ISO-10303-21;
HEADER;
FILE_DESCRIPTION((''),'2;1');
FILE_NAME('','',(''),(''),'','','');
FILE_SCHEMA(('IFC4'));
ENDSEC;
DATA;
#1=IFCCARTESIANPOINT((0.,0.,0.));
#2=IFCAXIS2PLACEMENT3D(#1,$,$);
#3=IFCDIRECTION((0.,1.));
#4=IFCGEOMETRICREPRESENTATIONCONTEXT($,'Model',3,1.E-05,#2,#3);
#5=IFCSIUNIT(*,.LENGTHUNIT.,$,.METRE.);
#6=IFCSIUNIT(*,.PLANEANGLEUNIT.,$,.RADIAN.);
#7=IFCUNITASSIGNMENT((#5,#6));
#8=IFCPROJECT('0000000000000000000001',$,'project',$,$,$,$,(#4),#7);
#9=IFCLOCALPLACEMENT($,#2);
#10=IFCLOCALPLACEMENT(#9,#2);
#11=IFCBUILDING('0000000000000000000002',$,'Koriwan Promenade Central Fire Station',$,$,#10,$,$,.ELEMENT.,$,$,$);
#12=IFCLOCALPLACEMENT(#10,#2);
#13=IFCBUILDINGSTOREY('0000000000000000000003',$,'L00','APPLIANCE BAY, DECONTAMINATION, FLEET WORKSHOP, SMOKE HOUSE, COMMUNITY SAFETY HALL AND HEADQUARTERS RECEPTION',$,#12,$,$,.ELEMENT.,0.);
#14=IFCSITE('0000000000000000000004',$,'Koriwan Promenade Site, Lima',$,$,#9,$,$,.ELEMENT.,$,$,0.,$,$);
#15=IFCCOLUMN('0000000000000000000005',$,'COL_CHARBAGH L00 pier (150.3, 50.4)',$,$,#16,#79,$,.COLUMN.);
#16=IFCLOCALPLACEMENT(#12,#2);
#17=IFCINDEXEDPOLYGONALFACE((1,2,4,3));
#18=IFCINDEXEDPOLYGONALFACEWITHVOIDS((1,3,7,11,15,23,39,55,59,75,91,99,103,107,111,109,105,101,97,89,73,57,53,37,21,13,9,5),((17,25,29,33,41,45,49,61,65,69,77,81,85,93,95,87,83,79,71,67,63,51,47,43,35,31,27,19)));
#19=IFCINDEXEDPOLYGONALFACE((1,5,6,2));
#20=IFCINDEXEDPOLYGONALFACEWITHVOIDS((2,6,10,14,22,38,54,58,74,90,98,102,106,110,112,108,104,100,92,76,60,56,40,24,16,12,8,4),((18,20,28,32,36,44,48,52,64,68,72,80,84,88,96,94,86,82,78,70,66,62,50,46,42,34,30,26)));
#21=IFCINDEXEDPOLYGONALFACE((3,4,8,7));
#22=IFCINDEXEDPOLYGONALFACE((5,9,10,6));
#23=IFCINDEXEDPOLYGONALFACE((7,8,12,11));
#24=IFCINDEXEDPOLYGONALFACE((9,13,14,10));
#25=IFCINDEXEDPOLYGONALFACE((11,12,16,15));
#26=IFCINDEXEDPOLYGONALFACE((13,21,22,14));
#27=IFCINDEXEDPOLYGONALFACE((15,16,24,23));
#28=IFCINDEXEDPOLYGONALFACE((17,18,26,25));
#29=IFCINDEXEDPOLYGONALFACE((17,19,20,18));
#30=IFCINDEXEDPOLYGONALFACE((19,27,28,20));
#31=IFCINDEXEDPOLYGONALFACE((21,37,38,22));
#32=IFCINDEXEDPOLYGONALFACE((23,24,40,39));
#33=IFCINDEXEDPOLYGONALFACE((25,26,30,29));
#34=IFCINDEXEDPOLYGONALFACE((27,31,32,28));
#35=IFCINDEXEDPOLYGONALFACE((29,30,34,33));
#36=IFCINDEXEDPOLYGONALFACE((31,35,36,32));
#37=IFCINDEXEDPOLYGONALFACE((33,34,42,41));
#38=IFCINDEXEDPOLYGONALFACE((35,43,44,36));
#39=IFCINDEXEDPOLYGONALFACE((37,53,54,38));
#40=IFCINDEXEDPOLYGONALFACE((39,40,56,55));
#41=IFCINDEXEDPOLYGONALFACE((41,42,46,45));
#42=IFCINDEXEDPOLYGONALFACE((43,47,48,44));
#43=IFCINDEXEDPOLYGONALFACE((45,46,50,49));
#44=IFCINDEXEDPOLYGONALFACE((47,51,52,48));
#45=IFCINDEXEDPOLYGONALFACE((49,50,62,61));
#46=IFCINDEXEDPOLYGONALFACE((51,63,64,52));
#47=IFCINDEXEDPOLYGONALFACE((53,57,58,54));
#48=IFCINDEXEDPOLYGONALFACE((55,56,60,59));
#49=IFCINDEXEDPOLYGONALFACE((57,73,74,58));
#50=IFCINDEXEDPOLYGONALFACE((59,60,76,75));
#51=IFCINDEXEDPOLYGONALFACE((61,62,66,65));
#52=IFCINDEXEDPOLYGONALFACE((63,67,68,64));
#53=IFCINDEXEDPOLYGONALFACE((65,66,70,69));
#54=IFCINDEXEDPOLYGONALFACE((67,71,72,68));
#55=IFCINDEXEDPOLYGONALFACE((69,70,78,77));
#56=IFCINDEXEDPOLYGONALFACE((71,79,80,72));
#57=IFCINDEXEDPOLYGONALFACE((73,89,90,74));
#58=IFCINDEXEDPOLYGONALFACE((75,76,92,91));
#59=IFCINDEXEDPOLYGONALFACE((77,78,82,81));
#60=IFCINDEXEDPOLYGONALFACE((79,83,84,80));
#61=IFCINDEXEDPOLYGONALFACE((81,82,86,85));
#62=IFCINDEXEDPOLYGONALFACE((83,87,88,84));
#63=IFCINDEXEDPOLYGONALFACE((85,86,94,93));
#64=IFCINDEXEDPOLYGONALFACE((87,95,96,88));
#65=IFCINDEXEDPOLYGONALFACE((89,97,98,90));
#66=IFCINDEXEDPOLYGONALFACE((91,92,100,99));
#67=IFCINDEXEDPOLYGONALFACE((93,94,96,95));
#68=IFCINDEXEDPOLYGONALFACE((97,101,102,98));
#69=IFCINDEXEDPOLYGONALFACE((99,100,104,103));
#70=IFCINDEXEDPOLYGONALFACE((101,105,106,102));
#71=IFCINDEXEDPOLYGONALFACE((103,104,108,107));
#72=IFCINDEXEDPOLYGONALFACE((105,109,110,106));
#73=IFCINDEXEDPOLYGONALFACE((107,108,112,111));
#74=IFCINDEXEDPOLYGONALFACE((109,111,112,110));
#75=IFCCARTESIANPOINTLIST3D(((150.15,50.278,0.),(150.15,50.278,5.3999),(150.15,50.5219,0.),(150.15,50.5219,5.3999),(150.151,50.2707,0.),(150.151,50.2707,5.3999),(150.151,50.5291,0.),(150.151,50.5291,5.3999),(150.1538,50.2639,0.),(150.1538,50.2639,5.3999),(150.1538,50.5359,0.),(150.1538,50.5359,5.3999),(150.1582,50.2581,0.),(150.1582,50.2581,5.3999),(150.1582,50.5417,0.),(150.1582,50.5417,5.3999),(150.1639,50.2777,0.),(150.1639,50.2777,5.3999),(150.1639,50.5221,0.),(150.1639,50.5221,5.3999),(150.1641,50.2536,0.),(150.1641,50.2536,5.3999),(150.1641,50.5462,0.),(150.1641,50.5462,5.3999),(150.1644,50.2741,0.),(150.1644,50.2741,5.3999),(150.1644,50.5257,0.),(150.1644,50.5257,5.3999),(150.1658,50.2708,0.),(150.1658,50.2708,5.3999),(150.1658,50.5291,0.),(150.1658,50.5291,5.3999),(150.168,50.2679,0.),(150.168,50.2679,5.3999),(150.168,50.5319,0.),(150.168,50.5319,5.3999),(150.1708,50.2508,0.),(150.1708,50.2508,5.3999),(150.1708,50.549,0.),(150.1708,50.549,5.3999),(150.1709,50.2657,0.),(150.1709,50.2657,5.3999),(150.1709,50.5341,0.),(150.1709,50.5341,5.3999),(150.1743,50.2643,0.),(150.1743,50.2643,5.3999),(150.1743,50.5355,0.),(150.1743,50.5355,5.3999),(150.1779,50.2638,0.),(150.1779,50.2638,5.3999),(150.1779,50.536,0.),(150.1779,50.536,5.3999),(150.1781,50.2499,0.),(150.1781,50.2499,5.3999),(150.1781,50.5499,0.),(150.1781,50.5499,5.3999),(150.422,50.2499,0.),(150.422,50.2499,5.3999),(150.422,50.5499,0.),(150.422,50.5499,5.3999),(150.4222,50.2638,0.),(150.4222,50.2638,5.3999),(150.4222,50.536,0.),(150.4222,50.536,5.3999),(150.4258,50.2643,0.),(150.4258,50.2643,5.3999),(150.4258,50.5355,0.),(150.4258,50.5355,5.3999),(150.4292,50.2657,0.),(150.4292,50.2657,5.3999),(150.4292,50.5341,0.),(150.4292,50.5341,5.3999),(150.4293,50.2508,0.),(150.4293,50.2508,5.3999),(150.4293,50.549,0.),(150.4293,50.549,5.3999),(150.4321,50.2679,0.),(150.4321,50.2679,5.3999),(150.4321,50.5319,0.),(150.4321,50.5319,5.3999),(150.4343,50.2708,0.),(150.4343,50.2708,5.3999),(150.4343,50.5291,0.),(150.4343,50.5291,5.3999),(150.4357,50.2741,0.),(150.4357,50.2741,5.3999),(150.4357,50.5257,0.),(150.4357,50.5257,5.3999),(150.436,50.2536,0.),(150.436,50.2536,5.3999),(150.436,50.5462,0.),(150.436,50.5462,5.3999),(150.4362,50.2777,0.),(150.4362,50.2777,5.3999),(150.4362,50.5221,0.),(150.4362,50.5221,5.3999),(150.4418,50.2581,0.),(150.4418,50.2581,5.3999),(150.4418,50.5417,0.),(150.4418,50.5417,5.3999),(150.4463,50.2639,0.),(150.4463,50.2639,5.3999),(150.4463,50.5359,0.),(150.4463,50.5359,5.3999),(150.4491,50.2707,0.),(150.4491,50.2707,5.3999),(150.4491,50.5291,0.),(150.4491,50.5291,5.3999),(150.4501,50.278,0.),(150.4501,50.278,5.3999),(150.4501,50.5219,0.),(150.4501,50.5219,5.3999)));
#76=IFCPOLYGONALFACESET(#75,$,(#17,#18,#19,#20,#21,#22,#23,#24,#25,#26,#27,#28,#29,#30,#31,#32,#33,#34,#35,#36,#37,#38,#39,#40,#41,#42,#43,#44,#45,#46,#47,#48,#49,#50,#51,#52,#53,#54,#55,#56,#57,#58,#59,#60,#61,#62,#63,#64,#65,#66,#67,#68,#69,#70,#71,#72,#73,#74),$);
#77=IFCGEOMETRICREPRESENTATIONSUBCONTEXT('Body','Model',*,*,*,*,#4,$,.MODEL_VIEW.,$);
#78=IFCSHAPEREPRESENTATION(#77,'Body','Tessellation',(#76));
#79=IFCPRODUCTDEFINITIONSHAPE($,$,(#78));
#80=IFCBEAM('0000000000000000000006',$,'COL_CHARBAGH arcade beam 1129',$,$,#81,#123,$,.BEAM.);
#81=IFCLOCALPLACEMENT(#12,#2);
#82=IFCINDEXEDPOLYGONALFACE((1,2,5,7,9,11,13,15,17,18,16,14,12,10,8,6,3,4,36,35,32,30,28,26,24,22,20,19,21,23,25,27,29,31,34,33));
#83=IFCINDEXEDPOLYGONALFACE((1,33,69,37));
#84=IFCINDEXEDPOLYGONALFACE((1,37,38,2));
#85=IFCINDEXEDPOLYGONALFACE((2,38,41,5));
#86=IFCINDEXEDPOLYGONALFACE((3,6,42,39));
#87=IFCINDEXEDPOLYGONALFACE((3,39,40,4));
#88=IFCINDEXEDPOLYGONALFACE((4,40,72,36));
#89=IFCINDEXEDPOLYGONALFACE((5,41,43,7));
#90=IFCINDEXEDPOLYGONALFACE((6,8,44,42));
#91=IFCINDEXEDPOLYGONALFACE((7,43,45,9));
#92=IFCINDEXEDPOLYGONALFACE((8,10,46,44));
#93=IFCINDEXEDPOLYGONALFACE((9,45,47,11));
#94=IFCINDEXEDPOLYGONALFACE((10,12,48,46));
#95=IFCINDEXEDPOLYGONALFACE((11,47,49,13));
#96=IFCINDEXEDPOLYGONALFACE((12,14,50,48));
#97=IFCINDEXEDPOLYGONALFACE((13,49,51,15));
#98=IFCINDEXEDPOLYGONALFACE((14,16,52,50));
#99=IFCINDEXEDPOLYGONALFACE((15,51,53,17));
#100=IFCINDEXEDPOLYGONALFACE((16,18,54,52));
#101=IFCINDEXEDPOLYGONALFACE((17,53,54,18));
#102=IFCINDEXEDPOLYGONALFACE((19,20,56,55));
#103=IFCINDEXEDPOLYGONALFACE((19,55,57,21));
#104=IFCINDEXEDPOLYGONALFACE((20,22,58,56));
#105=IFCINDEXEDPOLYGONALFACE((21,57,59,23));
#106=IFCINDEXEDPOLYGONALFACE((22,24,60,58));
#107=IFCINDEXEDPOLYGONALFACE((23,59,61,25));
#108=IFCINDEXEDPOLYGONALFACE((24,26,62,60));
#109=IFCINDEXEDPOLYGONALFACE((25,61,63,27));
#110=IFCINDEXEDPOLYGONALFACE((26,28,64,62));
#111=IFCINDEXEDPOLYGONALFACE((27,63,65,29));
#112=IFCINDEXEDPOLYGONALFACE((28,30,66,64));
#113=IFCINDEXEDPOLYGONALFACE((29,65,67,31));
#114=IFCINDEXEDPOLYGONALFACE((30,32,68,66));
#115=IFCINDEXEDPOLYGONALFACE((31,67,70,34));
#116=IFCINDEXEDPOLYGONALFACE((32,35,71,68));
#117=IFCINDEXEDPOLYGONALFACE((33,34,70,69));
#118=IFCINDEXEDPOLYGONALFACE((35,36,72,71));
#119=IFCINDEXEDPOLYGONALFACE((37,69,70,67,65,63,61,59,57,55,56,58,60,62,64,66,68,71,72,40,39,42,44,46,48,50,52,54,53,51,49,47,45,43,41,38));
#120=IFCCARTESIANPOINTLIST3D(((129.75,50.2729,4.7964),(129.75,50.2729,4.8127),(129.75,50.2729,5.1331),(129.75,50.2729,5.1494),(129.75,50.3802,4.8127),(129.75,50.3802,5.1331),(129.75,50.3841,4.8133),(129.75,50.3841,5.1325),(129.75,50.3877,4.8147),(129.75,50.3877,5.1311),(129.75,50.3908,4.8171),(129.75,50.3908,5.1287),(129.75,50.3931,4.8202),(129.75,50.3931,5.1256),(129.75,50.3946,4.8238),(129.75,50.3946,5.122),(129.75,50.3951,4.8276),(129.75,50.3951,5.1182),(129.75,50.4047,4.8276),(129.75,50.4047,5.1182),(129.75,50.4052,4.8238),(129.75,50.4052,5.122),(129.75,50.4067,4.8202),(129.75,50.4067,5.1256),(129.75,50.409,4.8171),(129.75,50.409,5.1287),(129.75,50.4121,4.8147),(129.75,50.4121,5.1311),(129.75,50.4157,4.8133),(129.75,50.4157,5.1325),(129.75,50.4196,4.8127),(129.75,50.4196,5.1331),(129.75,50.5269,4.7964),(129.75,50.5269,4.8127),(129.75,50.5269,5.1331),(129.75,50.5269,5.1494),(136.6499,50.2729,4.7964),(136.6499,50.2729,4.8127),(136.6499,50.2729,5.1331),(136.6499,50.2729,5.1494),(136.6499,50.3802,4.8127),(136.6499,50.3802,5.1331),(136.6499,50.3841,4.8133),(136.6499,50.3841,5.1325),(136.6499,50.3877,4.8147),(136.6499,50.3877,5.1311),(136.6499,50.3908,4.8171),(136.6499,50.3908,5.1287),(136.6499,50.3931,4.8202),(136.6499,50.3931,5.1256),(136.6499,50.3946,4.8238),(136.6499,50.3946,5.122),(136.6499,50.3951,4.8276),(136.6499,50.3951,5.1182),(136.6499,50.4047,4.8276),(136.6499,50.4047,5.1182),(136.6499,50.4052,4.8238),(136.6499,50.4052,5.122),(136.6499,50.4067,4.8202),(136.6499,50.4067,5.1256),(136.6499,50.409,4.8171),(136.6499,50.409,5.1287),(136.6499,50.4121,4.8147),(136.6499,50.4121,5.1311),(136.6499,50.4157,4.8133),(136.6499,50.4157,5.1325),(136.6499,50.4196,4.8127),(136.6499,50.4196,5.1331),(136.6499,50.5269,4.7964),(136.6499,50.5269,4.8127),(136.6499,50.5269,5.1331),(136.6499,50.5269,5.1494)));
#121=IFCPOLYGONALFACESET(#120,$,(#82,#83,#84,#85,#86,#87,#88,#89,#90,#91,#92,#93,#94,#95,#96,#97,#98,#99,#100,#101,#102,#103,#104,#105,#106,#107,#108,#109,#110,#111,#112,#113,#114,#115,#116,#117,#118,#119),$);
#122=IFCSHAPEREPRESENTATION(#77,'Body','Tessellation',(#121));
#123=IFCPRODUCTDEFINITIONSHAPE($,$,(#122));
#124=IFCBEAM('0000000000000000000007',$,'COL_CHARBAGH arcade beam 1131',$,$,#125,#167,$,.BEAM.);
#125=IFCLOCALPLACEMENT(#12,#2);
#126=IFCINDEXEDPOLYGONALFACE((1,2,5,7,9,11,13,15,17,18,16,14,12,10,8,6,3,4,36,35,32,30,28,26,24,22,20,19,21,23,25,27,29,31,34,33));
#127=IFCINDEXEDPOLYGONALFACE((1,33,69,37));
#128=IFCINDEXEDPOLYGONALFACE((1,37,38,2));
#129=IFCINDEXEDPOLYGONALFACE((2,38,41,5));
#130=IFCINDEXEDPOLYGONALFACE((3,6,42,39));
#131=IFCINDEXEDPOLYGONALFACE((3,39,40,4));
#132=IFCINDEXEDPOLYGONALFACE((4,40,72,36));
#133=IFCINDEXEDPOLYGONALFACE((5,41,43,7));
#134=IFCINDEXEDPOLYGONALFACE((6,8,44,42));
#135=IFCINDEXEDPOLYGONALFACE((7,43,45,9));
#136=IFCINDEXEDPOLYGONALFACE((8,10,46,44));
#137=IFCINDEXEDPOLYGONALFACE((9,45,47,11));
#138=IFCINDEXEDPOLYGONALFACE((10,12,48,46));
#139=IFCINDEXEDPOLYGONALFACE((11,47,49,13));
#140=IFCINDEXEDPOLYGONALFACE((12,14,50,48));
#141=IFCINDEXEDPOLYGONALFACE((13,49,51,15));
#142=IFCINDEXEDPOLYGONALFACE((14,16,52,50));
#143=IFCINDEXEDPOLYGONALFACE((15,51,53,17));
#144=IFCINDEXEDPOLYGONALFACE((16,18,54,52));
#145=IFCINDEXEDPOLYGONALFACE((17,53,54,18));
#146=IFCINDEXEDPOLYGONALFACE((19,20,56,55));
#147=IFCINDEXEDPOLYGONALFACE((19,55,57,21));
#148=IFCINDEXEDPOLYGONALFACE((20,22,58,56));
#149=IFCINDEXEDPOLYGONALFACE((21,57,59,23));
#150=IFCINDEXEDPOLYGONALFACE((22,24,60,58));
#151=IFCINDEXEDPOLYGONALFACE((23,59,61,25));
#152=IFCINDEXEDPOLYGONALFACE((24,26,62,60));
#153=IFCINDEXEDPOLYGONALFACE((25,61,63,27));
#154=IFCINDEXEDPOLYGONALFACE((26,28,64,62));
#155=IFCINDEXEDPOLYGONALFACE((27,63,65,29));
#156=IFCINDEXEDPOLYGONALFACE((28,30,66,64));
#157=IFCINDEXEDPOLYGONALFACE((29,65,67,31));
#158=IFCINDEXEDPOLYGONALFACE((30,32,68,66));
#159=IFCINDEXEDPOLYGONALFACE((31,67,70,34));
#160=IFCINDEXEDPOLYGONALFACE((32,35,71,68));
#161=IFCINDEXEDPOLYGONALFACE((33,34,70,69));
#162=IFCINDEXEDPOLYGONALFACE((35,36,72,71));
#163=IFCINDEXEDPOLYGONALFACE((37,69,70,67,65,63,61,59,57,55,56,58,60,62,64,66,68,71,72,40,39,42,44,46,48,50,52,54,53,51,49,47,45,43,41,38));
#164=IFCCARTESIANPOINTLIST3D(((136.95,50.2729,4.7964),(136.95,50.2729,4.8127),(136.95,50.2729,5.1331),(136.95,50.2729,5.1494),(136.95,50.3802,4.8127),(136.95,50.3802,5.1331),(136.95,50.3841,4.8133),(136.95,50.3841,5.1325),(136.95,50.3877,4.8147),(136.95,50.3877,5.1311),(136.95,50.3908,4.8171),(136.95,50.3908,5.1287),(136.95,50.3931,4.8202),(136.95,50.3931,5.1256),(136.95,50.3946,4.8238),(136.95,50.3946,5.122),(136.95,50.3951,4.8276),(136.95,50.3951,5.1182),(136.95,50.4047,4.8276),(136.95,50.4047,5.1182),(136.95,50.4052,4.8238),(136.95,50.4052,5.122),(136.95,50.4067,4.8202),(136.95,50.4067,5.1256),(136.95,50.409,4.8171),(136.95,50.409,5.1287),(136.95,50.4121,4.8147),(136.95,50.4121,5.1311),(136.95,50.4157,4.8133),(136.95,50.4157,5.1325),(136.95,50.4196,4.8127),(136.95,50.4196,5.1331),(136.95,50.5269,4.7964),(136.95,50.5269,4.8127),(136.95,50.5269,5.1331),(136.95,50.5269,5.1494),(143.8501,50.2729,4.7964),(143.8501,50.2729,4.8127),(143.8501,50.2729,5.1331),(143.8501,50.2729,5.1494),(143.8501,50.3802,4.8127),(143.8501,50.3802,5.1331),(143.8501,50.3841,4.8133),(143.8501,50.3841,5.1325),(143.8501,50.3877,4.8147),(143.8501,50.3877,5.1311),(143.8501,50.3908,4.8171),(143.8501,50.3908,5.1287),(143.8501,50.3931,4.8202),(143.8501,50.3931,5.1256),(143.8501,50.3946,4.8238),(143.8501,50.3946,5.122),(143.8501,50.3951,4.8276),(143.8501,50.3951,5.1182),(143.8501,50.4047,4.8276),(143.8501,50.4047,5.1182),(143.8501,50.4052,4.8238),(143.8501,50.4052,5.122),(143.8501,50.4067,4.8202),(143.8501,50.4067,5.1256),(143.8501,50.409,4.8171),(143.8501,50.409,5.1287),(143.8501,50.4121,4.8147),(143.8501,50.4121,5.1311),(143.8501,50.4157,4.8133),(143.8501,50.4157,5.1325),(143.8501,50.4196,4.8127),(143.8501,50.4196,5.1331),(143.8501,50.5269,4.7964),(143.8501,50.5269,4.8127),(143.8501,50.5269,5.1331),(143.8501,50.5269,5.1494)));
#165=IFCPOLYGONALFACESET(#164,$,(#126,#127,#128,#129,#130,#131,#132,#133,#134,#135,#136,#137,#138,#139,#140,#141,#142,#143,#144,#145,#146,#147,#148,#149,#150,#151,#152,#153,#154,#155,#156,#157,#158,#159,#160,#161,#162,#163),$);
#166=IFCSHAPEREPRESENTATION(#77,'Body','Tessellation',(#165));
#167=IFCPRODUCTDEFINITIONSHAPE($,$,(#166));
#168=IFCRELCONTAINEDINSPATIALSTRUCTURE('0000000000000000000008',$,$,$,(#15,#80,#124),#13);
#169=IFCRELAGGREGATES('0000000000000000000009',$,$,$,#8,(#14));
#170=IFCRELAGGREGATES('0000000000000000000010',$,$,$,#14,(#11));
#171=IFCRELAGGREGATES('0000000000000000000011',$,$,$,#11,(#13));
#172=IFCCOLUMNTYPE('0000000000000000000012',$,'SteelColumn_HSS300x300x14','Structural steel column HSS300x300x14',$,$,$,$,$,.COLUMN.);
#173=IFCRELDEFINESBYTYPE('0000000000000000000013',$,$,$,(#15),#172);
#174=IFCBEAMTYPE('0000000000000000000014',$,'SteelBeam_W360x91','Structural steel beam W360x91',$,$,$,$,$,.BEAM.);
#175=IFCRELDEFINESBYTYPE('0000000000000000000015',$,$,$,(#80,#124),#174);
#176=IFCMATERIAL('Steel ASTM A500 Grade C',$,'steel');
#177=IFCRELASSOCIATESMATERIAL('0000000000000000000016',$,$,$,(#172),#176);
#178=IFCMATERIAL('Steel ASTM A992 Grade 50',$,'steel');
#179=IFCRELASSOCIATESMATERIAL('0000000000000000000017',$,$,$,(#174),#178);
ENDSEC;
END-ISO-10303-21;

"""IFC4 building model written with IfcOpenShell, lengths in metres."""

from ifc_helpers import new_model, si_unit, direction, frame, origin, origin_2d, place, context, subcontext, project, spatial, hollow_rectangle, i_section, extrude, material, material_profile, profile_set, type_object, element, save


model = new_model("IFC4")

# Units and contexts
model_context = context("Model", 3, precision=1e-05, world=origin(), true_north=direction((0.0, 1.0)))
body_context = subcontext(model_context, "Body", "Model", "MODEL_VIEW")
ifc_project = project(units=[si_unit("LENGTHUNIT", "METRE"), si_unit("PLANEANGLEUNIT", "RADIAN")], contexts=[model_context])

# Site, building, storey
site_placement = place(None, origin())
site = spatial("IfcSite", under=ifc_project, at=site_placement, Name="Koriwan Promenade Site, Lima", CompositionType="ELEMENT", RefElevation=0.0)
building_placement = place(site_placement, origin())
building = spatial("IfcBuilding", under=site, at=building_placement, Name="Koriwan Promenade Central Fire Station", CompositionType="ELEMENT")
storey_placement = place(building_placement, origin())
storey = spatial("IfcBuildingStorey", under=building, at=storey_placement, Name="L00", Description="APPLIANCE BAY, DECONTAMINATION, FLEET WORKSHOP, SMOKE HOUSE, COMMUNITY SAFETY HALL AND HEADQUARTERS RECEPTION", CompositionType="ELEMENT", Elevation=0.0)

# Column
ifc_material_1 = material(Name="Steel ASTM A500 Grade C", Category="steel")
ifc_material_profile_1 = material_profile(ifc_material_1, hollow_rectangle(XDim=0.3, YDim=0.3, WallThickness=0.0139, InnerFilletRadius=0.0139, OuterFilletRadius=0.0281, at=origin_2d()), Name="HSS300x300x14")
ifc_profile_set_1 = profile_set([ifc_material_profile_1], Name="Steel ASTM A500 Grade C")
column_type = type_object("IfcColumnType", Name="SteelColumn_HSS300x300x14", Description="Structural steel column HSS300x300x14", PredefinedType="COLUMN", material=ifc_profile_set_1)
for number, where, z_axis, x_axis, name in (
    (1, (150.3, 50.3999, 0.0), (0.0, 0.0, 1.0), (1.0, 0.0, 0.0), "COL_CHARBAGH L00 pier (150.3, 50.4)"),
):
    element("IfcColumn", number, at=place(storey_placement, frame(where, z_axis=z_axis, x_axis=x_axis)), inside=storey, type_object=column_type, Name=name, PredefinedType="COLUMN", context=body_context, shape_type="SweptSolid", body=[
        extrude(hollow_rectangle(XDim=0.3, YDim=0.3, WallThickness=0.0139, InnerFilletRadius=0.0139, OuterFilletRadius=0.0281, at=origin_2d()), origin(), (0.0, 0.0, 1.0), 5.3999),
    ])

# Beams
ifc_material_2 = material(Name="Steel ASTM A992 Grade 50", Category="steel")
ifc_material_profile_2 = material_profile(ifc_material_2, i_section(OverallWidth=0.2539, OverallDepth=0.353, WebThickness=0.0095, FlangeThickness=0.0164, FilletRadius=0.0149, at=origin_2d()), Name="W360x91")
ifc_profile_set_2 = profile_set([ifc_material_profile_2], Name="Steel ASTM A992 Grade 50")
beam_type = type_object("IfcBeamType", Name="SteelBeam_W360x91", Description="Structural steel beam W360x91", PredefinedType="BEAM", material=ifc_profile_set_2)
beam_1_placement = place(storey_placement, frame((129.75, 50.3999, 4.9729), z_axis=(1.0, 0.0, 0.0), x_axis=(0.0, 1.0, 0.0)))
element("IfcBeam", 2, at=beam_1_placement, inside=storey, type_object=beam_type, Name="COL_CHARBAGH arcade beam 1129", PredefinedType="BEAM", context=body_context, shape_type="SweptSolid", body=[
    extrude(i_section(OverallWidth=0.2539, OverallDepth=0.353, WebThickness=0.0095, FlangeThickness=0.0164, FilletRadius=0.0149, at=origin_2d()), origin(), (0.0, 0.0, 1.0), 6.8999),
])
beam_2_placement = place(storey_placement, frame((136.95, 50.3999, 4.9729), z_axis=(1.0, 0.0, 0.0), x_axis=(0.0, 1.0, 0.0)))
element("IfcBeam", 3, at=beam_2_placement, inside=storey, type_object=beam_type, Name="COL_CHARBAGH arcade beam 1131", PredefinedType="BEAM", context=body_context, shape_type="SweptSolid", body=[
    extrude(i_section(OverallWidth=0.2539, OverallDepth=0.353, WebThickness=0.0095, FlangeThickness=0.0164, FilletRadius=0.0149, at=origin_2d()), origin(), (0.0, 0.0, 1.0), 6.9001),
])

save(model, "model.ifc")
